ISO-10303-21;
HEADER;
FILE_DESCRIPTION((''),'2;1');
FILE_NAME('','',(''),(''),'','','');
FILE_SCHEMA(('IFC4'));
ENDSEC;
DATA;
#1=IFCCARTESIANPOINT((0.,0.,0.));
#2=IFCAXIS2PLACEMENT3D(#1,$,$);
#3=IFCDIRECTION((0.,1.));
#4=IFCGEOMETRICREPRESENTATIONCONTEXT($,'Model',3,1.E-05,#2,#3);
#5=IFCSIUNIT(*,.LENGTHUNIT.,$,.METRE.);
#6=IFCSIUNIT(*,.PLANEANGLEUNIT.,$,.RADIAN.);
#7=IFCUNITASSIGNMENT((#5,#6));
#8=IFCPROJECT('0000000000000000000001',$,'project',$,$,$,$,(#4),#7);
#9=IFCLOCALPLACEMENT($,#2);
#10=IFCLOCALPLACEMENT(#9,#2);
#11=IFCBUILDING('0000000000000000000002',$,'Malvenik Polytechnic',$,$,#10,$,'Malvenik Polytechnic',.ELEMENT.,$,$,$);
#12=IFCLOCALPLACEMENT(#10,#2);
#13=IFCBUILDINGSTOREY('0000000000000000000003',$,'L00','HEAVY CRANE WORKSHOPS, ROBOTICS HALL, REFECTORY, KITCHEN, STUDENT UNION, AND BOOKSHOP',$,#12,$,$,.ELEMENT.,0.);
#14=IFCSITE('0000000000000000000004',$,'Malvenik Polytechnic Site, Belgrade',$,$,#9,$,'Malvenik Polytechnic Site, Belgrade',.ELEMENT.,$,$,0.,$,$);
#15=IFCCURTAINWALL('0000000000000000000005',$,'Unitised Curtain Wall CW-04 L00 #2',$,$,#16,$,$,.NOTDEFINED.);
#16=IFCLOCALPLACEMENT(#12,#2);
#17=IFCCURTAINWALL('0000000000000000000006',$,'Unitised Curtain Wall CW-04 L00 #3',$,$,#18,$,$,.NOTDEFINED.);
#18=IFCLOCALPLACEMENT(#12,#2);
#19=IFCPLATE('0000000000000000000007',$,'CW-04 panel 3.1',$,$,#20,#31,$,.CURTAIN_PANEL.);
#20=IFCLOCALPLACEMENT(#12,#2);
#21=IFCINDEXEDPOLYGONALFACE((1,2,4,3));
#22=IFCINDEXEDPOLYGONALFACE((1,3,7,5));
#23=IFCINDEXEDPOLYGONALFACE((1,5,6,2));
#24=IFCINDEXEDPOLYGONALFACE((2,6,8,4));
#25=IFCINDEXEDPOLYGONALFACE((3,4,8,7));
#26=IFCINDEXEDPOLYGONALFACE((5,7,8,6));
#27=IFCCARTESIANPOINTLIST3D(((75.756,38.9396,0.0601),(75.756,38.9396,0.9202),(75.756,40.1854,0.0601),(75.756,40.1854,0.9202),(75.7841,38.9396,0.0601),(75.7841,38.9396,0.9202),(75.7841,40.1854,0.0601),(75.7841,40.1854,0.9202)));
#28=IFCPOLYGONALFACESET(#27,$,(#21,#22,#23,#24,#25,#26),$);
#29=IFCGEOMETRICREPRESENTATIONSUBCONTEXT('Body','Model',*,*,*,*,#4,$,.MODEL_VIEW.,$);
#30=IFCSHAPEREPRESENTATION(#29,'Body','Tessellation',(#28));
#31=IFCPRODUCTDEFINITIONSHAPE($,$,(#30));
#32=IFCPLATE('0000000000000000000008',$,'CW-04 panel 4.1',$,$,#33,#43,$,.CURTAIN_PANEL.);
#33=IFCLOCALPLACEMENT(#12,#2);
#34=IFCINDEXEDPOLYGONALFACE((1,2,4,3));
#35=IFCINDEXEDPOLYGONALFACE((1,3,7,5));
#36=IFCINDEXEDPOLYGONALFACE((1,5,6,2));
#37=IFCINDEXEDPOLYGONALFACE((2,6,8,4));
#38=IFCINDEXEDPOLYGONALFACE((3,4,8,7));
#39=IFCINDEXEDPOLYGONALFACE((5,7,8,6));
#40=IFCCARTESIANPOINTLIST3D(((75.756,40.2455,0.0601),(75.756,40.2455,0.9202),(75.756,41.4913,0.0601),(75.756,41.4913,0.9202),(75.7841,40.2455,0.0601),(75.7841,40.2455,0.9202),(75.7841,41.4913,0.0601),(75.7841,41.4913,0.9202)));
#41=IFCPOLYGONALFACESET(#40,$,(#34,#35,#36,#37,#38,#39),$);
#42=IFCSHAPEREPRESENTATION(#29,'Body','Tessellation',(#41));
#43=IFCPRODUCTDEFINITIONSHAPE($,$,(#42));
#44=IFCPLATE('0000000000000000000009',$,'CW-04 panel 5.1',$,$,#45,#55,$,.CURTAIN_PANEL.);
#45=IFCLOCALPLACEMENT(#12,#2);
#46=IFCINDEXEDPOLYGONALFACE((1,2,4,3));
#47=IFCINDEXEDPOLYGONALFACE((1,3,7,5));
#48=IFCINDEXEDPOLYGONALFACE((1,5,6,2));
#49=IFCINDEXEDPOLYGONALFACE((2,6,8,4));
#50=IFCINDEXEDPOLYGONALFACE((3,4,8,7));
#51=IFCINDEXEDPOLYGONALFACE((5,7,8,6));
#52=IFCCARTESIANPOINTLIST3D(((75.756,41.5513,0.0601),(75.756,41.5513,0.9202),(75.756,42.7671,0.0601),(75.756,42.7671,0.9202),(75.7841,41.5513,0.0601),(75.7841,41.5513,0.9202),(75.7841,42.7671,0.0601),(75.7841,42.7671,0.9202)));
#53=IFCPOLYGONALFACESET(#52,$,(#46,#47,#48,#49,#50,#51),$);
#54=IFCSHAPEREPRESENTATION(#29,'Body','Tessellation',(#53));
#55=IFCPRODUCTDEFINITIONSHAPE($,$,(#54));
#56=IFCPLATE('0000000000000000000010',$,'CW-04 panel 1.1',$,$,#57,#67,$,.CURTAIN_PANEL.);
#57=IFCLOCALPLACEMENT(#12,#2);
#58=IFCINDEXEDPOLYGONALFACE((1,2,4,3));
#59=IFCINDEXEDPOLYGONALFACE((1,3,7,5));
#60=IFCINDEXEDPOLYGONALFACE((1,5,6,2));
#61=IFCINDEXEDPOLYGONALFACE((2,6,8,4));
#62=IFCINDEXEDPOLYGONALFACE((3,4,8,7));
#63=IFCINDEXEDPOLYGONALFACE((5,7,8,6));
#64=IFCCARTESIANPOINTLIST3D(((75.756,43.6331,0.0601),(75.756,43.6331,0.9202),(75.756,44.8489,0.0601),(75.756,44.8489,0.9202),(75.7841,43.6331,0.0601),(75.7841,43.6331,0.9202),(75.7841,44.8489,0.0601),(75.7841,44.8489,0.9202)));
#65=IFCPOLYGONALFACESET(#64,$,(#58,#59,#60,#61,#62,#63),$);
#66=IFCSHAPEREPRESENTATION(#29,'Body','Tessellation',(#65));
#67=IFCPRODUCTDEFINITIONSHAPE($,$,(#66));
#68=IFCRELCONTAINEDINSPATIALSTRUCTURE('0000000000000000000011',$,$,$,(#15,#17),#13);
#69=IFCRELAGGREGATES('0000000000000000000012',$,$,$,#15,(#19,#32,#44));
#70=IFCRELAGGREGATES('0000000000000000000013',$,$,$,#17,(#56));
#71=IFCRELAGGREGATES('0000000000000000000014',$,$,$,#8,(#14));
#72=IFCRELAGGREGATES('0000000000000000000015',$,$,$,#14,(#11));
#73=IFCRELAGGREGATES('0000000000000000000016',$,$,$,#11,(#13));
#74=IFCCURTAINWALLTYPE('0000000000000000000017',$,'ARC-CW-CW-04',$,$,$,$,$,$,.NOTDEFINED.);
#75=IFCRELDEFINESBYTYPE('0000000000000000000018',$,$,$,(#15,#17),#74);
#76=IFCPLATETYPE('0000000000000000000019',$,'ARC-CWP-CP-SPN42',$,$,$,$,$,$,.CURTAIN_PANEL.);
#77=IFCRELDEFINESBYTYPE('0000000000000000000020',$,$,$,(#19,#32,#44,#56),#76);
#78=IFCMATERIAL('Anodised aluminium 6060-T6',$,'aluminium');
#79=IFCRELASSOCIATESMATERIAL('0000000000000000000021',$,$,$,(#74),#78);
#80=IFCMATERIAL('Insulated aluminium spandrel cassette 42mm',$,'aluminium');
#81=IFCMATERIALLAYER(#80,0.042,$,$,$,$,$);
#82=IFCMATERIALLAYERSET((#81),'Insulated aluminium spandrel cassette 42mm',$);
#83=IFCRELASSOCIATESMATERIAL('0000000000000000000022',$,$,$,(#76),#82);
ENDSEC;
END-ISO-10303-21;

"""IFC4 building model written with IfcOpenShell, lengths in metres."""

from ifc_helpers import new_model, si_unit, direction, frame, origin, origin_2d, place, context, subcontext, project, spatial, rectangle, extrude, material, layer, layer_set, type_object, element, aggregate, save


model = new_model("IFC4")

# Units and contexts
model_context = context("Model", 3, precision=1e-05, world=origin(), true_north=direction((0.0, 1.0)))
body_context = subcontext(model_context, "Body", "Model", "MODEL_VIEW")
ifc_project = project(units=[si_unit("LENGTHUNIT", "METRE"), si_unit("PLANEANGLEUNIT", "RADIAN")], contexts=[model_context])

# Site, building, storey
site_placement = place(None, origin())
site = spatial("IfcSite", under=ifc_project, at=site_placement, Name="Malvenik Polytechnic Site, Belgrade", LongName="Malvenik Polytechnic Site, Belgrade", CompositionType="ELEMENT", RefElevation=0.0)
building_placement = place(site_placement, origin())
building = spatial("IfcBuilding", under=site, at=building_placement, Name="Malvenik Polytechnic", LongName="Malvenik Polytechnic", CompositionType="ELEMENT")
storey_placement = place(building_placement, origin())
storey = spatial("IfcBuildingStorey", under=building, at=storey_placement, Name="L00", Description="HEAVY CRANE WORKSHOPS, ROBOTICS HALL, REFECTORY, KITCHEN, STUDENT UNION, AND BOOKSHOP", CompositionType="ELEMENT", Elevation=0.0)

# Curtain walls
ifc_material_1 = material(Name="Anodised aluminium 6060-T6", Category="aluminium")
curtain_wall_type = type_object("IfcCurtainWallType", Name="ARC-CW-CW-04", PredefinedType="NOTDEFINED", material=ifc_material_1)
curtain_wall_1_placement = place(storey_placement, origin())
curtain_wall_1 = element("IfcCurtainWall", 1, at=curtain_wall_1_placement, inside=storey, type_object=curtain_wall_type, Name="Unitised Curtain Wall CW-04 L00 #2", PredefinedType="NOTDEFINED")
curtain_wall_2_placement = place(storey_placement, origin())
curtain_wall_2 = element("IfcCurtainWall", 2, at=curtain_wall_2_placement, inside=storey, type_object=curtain_wall_type, Name="Unitised Curtain Wall CW-04 L00 #3", PredefinedType="NOTDEFINED")

# Plates
ifc_material_2 = material(Name="Insulated aluminium spandrel cassette 42mm", Category="aluminium")
ifc_layer_1 = layer(ifc_material_2, 0.042)
ifc_layer_set_1 = layer_set([ifc_layer_1], Name="Insulated aluminium spandrel cassette 42mm")
plate_type_1 = type_object("IfcPlateType", Name="ARC-CWP-CP-SPN42", PredefinedType="CURTAIN_PANEL", material=ifc_layer_set_1)
plate_1_placement = place(storey_placement, frame((75.77, 39.5625, 0.0601), z_axis=(0.0, 0.0, 1.0), x_axis=(0.0, 1.0, 0.0)))
plate_1 = element("IfcPlate", 3, at=plate_1_placement, type_object=plate_type_1, Name="CW-04 panel 3.1", PredefinedType="CURTAIN_PANEL", context=body_context, shape_type="SweptSolid", body=[
    extrude(rectangle(XDim=1.2458, YDim=0.0281, at=origin_2d()), origin(), (0.0, 0.0, 1.0), 0.8601),
])
plate_2_placement = place(storey_placement, frame((75.77, 40.8684, 0.0601), z_axis=(0.0, 0.0, 1.0), x_axis=(0.0, 1.0, 0.0)))
plate_2 = element("IfcPlate", 4, at=plate_2_placement, type_object=plate_type_1, Name="CW-04 panel 4.1", PredefinedType="CURTAIN_PANEL", context=body_context, shape_type="SweptSolid", body=[
    extrude(rectangle(XDim=1.2458, YDim=0.0281, at=origin_2d()), origin(), (0.0, 0.0, 1.0), 0.8601),
])
plate_3_placement = place(storey_placement, frame((75.77, 42.1592, 0.0601), z_axis=(0.0, 0.0, 1.0), x_axis=(0.0, 1.0, 0.0)))
plate_3 = element("IfcPlate", 5, at=plate_3_placement, type_object=plate_type_1, Name="CW-04 panel 5.1", PredefinedType="CURTAIN_PANEL", context=body_context, shape_type="SweptSolid", body=[
    extrude(rectangle(XDim=1.2158, YDim=0.0281, at=origin_2d()), origin(), (0.0, 0.0, 1.0), 0.8601),
])
aggregate(curtain_wall_1, [plate_1, plate_2, plate_3])
plate_4_placement = place(storey_placement, frame((75.77, 44.241, 0.0601), z_axis=(0.0, 0.0, 1.0), x_axis=(0.0, 1.0, 0.0)))
plate_4 = element("IfcPlate", 6, at=plate_4_placement, type_object=plate_type_1, Name="CW-04 panel 1.1", PredefinedType="CURTAIN_PANEL", context=body_context, shape_type="SweptSolid", body=[
    extrude(rectangle(XDim=1.2158, YDim=0.0281, at=origin_2d()), origin(), (0.0, 0.0, 1.0), 0.8601),
])
aggregate(curtain_wall_2, [plate_4])

save(model, "model.ifc")
